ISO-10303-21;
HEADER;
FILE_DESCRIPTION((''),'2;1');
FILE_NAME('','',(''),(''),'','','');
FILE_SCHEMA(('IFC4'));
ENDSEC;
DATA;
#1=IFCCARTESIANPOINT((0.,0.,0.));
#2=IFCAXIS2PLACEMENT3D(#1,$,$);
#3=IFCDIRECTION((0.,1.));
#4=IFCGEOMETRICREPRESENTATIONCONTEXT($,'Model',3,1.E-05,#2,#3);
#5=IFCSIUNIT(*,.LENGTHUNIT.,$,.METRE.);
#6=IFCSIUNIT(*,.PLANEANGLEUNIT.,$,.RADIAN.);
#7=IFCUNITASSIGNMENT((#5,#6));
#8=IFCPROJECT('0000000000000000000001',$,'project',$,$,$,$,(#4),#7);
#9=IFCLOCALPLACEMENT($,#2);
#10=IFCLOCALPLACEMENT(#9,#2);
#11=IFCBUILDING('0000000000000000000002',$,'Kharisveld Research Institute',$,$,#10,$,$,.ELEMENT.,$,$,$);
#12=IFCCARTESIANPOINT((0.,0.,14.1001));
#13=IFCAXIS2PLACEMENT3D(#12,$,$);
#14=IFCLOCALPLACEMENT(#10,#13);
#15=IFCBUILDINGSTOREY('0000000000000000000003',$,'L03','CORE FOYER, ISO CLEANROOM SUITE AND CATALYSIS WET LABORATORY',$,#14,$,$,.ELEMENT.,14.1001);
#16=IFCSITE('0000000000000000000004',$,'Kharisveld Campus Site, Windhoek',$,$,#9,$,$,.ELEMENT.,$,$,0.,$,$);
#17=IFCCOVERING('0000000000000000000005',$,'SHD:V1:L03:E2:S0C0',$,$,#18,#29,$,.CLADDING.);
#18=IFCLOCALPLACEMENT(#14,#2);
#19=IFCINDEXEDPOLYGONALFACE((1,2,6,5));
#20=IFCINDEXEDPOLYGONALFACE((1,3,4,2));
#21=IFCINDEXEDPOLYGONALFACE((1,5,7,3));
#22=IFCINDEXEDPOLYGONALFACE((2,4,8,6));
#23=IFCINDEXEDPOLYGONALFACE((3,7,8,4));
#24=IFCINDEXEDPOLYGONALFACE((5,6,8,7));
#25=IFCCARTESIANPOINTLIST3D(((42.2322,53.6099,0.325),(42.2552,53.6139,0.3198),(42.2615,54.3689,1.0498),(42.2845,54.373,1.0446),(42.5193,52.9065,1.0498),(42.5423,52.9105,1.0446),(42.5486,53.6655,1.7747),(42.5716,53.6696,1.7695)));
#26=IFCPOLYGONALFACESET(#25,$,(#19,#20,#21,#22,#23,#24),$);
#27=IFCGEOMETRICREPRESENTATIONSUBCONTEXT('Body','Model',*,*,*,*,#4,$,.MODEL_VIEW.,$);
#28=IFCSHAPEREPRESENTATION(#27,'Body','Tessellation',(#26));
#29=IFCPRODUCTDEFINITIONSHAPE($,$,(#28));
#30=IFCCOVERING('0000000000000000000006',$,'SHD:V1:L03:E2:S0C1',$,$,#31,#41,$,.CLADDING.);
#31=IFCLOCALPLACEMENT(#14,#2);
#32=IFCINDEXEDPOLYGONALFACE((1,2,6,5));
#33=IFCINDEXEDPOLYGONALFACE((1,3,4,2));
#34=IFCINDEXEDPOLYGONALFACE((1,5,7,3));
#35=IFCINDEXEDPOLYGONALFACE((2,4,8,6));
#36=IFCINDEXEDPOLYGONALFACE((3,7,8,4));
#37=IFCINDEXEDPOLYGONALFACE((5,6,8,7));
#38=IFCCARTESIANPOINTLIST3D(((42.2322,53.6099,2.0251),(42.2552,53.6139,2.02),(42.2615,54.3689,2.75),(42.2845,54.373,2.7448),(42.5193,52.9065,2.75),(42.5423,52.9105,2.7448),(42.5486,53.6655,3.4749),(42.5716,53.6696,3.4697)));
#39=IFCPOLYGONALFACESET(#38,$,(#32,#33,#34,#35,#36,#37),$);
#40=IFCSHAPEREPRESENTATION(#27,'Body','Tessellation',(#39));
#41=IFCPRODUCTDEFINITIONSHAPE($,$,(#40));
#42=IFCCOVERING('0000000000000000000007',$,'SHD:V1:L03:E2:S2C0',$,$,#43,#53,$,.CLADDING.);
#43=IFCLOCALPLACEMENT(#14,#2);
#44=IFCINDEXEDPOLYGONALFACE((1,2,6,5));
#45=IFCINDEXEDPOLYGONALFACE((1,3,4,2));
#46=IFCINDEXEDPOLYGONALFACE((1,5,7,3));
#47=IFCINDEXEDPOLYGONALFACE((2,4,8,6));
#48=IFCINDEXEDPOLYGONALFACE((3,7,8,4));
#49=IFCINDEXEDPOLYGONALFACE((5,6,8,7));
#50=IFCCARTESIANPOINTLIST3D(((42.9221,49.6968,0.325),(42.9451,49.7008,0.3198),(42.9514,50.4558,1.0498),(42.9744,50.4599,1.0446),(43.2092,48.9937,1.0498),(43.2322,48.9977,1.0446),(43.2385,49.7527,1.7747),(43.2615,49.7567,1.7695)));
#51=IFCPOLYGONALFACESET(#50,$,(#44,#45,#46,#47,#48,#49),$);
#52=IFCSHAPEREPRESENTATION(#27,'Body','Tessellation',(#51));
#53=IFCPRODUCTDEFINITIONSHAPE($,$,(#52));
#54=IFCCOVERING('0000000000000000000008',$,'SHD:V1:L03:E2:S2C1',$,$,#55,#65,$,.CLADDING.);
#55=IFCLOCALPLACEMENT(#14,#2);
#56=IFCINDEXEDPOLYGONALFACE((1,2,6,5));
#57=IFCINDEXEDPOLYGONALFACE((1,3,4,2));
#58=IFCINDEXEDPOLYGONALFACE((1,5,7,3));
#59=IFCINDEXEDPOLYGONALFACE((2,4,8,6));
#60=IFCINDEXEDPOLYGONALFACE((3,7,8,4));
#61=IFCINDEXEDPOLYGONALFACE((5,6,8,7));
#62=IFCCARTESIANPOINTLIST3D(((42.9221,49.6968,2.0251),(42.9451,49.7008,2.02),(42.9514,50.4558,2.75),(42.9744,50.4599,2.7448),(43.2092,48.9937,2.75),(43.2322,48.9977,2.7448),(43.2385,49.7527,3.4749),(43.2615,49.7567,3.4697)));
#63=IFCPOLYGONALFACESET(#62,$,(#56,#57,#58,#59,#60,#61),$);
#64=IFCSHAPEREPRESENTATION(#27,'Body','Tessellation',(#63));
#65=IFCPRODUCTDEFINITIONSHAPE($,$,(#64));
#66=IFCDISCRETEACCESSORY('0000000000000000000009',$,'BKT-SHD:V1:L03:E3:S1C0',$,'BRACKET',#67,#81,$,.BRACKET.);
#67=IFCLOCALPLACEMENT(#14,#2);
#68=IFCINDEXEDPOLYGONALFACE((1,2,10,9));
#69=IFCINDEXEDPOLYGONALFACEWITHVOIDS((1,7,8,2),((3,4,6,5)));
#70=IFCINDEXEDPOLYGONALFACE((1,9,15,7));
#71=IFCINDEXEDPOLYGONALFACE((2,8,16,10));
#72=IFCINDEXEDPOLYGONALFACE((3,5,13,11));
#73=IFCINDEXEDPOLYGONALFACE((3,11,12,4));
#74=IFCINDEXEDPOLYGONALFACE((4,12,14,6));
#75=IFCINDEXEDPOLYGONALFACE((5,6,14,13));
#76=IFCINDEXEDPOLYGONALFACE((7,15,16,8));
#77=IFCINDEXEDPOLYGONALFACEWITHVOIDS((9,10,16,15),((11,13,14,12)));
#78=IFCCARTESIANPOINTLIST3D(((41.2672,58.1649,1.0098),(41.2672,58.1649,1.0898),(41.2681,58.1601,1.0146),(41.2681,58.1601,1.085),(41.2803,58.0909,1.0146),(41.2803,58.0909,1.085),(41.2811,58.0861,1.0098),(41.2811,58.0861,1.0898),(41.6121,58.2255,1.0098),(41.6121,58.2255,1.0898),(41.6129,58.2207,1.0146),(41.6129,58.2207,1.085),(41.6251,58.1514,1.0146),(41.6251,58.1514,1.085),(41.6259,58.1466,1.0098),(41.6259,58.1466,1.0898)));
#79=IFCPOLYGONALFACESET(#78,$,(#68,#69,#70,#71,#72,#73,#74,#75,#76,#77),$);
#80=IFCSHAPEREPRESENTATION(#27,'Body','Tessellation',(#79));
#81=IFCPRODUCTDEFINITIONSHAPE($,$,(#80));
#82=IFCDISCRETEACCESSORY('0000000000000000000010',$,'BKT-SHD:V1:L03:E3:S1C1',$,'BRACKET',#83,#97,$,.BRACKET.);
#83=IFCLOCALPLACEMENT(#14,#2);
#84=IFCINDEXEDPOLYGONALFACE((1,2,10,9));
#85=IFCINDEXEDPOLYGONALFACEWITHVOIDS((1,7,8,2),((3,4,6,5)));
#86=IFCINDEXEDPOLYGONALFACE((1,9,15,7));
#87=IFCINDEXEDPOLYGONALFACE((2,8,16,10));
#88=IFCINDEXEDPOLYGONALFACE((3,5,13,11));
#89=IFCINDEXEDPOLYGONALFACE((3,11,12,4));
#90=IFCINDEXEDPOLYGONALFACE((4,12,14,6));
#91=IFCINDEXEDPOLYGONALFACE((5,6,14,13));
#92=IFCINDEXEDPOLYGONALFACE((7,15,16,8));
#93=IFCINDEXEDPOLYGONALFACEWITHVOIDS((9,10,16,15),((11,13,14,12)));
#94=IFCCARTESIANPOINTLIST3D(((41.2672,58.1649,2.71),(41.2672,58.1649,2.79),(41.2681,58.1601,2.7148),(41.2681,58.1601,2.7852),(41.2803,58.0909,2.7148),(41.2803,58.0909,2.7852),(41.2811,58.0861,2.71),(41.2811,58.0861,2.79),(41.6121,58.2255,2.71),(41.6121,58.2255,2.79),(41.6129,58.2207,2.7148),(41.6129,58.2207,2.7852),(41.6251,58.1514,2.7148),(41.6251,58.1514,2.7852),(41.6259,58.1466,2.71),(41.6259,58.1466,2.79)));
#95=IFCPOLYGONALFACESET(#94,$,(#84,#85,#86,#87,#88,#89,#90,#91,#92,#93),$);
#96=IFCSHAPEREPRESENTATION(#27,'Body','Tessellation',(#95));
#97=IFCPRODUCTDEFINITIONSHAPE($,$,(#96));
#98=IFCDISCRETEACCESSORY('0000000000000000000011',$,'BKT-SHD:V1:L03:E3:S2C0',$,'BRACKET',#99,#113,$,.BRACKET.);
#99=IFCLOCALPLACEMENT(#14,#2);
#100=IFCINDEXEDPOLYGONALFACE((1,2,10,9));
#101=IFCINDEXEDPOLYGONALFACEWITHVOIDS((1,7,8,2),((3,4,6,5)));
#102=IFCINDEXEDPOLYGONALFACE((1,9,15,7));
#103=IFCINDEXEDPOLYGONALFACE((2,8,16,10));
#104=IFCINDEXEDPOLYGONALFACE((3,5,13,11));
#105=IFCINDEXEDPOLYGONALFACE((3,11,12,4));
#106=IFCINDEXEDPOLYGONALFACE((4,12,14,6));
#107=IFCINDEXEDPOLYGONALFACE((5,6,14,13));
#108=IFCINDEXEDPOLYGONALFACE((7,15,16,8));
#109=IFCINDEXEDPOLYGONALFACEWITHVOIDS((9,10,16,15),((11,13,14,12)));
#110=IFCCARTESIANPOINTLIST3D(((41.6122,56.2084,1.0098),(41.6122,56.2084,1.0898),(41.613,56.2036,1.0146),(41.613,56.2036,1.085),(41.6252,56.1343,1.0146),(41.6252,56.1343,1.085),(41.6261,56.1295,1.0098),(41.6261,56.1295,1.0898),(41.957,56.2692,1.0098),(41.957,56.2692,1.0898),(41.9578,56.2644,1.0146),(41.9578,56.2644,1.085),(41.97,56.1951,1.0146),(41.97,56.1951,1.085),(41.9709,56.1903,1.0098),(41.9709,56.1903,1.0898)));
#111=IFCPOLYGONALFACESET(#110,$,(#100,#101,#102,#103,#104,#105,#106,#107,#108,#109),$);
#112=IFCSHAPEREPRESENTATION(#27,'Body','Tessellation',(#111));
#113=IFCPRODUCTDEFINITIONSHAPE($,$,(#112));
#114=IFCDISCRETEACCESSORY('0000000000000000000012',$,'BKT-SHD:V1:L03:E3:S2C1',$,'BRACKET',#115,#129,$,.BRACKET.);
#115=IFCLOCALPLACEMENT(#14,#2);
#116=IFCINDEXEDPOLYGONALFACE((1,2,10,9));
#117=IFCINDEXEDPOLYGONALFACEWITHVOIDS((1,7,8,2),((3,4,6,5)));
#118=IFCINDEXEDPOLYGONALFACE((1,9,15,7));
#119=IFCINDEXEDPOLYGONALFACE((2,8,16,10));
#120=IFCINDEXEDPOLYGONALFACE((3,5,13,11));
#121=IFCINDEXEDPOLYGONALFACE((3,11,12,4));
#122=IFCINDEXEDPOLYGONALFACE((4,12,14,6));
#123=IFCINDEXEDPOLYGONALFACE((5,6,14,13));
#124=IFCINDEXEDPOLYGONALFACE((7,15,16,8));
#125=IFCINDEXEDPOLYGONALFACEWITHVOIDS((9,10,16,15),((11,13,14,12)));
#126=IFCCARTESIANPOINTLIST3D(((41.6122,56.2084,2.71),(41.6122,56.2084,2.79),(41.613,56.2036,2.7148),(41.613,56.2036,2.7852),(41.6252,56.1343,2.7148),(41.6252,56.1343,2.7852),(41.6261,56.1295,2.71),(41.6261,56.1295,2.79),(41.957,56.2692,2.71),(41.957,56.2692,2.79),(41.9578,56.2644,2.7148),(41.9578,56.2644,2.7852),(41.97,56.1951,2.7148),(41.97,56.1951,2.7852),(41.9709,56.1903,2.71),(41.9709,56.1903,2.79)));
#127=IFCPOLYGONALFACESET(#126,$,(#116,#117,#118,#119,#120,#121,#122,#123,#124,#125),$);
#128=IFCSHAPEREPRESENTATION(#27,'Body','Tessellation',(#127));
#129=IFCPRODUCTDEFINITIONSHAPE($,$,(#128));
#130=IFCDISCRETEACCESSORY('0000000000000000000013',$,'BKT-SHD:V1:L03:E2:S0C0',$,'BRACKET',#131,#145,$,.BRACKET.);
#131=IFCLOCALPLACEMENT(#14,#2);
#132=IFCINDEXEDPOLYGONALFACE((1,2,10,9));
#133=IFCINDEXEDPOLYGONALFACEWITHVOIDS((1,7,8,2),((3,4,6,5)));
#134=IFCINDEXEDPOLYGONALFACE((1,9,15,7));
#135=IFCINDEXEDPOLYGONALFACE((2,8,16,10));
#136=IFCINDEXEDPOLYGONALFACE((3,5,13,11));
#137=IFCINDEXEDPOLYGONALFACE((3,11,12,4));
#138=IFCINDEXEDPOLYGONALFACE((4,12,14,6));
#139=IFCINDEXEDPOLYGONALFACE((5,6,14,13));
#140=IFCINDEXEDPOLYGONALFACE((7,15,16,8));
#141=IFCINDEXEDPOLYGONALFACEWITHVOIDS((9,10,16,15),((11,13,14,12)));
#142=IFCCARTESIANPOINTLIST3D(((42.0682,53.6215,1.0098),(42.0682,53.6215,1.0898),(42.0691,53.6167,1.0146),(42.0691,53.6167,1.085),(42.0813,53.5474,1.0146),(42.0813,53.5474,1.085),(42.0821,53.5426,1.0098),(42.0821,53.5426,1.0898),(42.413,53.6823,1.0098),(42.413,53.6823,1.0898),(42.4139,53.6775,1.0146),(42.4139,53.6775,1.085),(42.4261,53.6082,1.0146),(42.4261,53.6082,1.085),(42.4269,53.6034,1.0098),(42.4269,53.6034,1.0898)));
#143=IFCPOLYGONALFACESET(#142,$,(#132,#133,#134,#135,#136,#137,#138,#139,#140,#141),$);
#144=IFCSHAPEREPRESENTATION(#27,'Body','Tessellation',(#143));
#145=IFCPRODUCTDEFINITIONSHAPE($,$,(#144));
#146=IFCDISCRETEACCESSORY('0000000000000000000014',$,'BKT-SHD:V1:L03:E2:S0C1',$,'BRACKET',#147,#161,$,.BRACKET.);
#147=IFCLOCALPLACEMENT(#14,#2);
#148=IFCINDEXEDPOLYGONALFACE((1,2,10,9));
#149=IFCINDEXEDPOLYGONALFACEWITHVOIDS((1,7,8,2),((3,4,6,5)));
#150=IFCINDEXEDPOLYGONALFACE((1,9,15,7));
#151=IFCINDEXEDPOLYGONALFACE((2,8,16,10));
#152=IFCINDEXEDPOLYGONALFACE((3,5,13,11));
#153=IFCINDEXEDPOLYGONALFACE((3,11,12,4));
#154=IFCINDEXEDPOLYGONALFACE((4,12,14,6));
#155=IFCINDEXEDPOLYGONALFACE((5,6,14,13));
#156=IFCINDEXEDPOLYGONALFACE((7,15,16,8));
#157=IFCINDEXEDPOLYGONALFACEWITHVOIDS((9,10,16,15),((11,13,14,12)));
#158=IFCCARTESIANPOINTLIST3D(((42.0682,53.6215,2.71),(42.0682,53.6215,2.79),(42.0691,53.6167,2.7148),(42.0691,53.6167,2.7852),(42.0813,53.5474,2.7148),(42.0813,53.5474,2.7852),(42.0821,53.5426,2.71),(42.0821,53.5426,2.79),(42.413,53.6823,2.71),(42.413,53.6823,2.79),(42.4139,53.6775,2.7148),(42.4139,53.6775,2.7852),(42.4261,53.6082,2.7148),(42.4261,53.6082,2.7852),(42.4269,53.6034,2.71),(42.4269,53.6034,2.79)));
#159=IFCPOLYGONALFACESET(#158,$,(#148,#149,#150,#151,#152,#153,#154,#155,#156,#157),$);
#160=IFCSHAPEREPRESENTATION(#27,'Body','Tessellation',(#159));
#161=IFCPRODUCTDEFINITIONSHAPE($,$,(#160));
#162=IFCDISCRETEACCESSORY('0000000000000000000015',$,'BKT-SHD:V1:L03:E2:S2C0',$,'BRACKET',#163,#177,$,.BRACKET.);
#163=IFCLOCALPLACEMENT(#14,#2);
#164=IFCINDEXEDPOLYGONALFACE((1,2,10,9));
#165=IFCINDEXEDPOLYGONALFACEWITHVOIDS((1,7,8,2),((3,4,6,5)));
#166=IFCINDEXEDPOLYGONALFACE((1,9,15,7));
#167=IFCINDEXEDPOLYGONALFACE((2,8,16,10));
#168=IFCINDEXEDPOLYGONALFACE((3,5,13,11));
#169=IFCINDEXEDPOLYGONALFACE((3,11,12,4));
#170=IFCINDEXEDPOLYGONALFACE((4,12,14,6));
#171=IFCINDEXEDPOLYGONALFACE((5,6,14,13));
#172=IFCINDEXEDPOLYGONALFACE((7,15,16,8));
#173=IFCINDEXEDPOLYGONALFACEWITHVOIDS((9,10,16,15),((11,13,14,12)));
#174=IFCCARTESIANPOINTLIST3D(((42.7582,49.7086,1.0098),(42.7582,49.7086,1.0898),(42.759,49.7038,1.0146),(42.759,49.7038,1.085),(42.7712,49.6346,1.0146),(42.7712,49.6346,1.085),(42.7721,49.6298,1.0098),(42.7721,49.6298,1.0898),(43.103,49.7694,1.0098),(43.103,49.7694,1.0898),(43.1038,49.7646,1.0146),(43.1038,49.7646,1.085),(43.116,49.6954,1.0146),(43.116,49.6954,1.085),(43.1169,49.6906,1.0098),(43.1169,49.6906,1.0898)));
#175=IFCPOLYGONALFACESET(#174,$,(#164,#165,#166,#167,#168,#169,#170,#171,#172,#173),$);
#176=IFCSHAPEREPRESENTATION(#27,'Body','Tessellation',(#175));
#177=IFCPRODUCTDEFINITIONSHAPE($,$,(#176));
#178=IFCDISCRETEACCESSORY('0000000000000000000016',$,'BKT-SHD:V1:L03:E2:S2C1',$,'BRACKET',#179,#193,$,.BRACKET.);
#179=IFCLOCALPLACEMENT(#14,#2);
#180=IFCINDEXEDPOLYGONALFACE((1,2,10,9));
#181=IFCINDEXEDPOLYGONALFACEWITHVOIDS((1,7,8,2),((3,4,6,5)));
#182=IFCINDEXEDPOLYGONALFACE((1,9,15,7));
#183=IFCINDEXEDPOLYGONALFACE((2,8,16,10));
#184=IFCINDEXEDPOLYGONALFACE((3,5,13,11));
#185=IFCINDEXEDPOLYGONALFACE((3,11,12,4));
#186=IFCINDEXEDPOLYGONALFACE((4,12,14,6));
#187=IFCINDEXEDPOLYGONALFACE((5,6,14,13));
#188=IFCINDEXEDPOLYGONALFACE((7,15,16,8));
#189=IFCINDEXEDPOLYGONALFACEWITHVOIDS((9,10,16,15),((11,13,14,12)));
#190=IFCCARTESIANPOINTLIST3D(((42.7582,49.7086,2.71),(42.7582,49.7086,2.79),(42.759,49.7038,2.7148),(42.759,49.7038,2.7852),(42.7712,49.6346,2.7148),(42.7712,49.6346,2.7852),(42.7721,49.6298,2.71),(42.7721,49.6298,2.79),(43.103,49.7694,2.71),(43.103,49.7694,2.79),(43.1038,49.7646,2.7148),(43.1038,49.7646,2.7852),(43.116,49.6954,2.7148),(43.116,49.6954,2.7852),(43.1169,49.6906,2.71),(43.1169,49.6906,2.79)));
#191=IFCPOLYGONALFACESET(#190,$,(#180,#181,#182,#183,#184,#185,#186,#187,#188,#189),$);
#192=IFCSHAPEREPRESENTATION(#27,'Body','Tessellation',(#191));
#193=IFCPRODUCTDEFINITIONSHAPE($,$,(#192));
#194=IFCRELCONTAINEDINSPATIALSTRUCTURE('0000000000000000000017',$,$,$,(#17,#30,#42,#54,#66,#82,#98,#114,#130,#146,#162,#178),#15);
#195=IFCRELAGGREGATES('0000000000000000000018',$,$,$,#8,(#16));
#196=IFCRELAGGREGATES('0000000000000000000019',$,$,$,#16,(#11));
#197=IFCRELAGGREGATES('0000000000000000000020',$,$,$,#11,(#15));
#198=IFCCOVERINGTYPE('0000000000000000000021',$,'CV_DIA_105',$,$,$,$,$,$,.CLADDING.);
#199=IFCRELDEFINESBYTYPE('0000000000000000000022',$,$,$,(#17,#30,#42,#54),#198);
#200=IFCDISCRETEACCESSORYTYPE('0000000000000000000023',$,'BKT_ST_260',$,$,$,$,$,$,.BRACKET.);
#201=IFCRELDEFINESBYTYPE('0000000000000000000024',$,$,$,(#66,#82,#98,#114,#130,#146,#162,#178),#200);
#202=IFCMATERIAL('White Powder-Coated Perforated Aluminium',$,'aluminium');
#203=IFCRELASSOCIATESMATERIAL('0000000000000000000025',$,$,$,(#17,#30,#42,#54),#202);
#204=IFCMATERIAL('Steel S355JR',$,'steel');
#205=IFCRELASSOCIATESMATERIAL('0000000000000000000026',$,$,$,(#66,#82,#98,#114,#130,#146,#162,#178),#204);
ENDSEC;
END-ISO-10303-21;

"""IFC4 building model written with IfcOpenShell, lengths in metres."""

from ifc_helpers import new_model, si_unit, direction, frame, origin, origin_2d, place, context, subcontext, project, spatial, polyline, hollow_rectangle, outline, extrude, material, type_object, element, save


model = new_model("IFC4")

# Units and contexts
model_context = context("Model", 3, precision=1e-05, world=origin(), true_north=direction((0.0, 1.0)))
body_context = subcontext(model_context, "Body", "Model", "MODEL_VIEW")
ifc_project = project(units=[si_unit("LENGTHUNIT", "METRE"), si_unit("PLANEANGLEUNIT", "RADIAN")], contexts=[model_context])

# Site, building, storey
site_placement = place(None, origin())
site = spatial("IfcSite", under=ifc_project, at=site_placement, Name="Kharisveld Campus Site, Windhoek", CompositionType="ELEMENT", RefElevation=0.0)
building_placement = place(site_placement, origin())
building = spatial("IfcBuilding", under=site, at=building_placement, Name="Kharisveld Research Institute", CompositionType="ELEMENT")
storey_placement = place(building_placement, frame((0.0, 0.0, 14.1001)))
storey = spatial("IfcBuildingStorey", under=building, at=storey_placement, Name="L03", Description="CORE FOYER, ISO CLEANROOM SUITE AND CATALYSIS WET LABORATORY", CompositionType="ELEMENT", Elevation=14.1001)

# Coverings
ifc_material_1 = material(Name="White Powder-Coated Perforated Aluminium", Category="aluminium")
covering_type = type_object("IfcCoveringType", Name="CV_DIA_105", PredefinedType="CLADDING")
for number, where, z_axis, x_axis, name in (
    (1, (42.2322, 53.6099, 0.325), (-0.961487, -0.169504, 0.216358), (0.273429, -0.669853, 0.690314), "SHD:V1:L03:E2:S0C0"),
    (2, (42.2322, 53.6099, 2.0251), (-0.961487, -0.169504, 0.216358), (0.273429, -0.669853, 0.690314), "SHD:V1:L03:E2:S0C1"),
):
    element("IfcCovering", number, at=place(storey_placement, frame(where, z_axis=z_axis, x_axis=x_axis)), inside=storey, type_object=covering_type, material=ifc_material_1, Name=name, PredefinedType="CLADDING", context=body_context, shape_type="SweptSolid", body=[
        extrude(outline(polyline([(0.0, 0.0), (1.05, 0.0), (1.05, 1.05), (-0.0001, 1.05), (0.0, 0.0)])), origin(), (0.0, 0.0, -1.0), 0.0239),
    ])
for number, where, z_axis, x_axis, name in (
    (3, (42.9221, 49.6968, 0.325), (-0.961476, -0.169531, 0.216385), (0.273471, -0.669725, 0.690421), "SHD:V1:L03:E2:S2C0"),
    (4, (42.9221, 49.6968, 2.0251), (-0.961476, -0.169531, 0.216385), (0.273471, -0.669725, 0.690421), "SHD:V1:L03:E2:S2C1"),
):
    element("IfcCovering", number, at=place(storey_placement, frame(where, z_axis=z_axis, x_axis=x_axis)), inside=storey, type_object=covering_type, material=ifc_material_1, Name=name, PredefinedType="CLADDING", context=body_context, shape_type="SweptSolid", body=[
        extrude(outline(polyline([(0.0, 0.0), (1.0499, 0.0), (1.05, 1.05), (0.0001, 1.05), (0.0, 0.0)])), origin(), (0.0, 0.0, -1.0), 0.0239),
    ])

# Discrete accessories
ifc_material_2 = material(Name="Steel S355JR", Category="steel")
discrete_accessory_type = type_object("IfcDiscreteAccessoryType", Name="BKT_ST_260", PredefinedType="BRACKET")
for number, where, z_axis, x_axis, name in (
    (5, (41.2742, 58.1255, 1.0498), (0.984924, 0.172989, 0.0), (-0.172989, 0.984924, 0.0), "BKT-SHD:V1:L03:E3:S1C0"),
    (6, (41.2742, 58.1255, 2.75), (0.984924, 0.172989, 0.0), (-0.172989, 0.984924, 0.0), "BKT-SHD:V1:L03:E3:S1C1"),
    (7, (41.6191, 56.1689, 1.0498), (0.984805, 0.173666, 0.0), (-0.173666, 0.984805, 0.0), "BKT-SHD:V1:L03:E3:S2C0"),
    (8, (41.6191, 56.1689, 2.75), (0.984805, 0.173666, 0.0), (-0.173666, 0.984805, 0.0), "BKT-SHD:V1:L03:E3:S2C1"),
    (9, (42.0752, 53.582, 1.0498), (0.984805, 0.173666, 0.0), (-0.173666, 0.984805, 0.0), "BKT-SHD:V1:L03:E2:S0C0"),
    (10, (42.0752, 53.582, 2.75), (0.984805, 0.173666, 0.0), (-0.173666, 0.984805, 0.0), "BKT-SHD:V1:L03:E2:S0C1"),
    (11, (42.7651, 49.6692, 1.0498), (0.984805, 0.173666, 0.0), (-0.173666, 0.984805, 0.0), "BKT-SHD:V1:L03:E2:S2C0"),
    (12, (42.7651, 49.6692, 2.75), (0.984805, 0.173666, 0.0), (-0.173666, 0.984805, 0.0), "BKT-SHD:V1:L03:E2:S2C1"),
):
    element("IfcDiscreteAccessory", number, at=place(storey_placement, frame(where, z_axis=z_axis, x_axis=x_axis)), inside=storey, type_object=discrete_accessory_type, material=ifc_material_2, Name=name, ObjectType="BRACKET", PredefinedType="BRACKET", context=body_context, shape_type="SweptSolid", body=[
        extrude(hollow_rectangle(XDim=0.0801, YDim=0.0801, WallThickness=0.0049, at=origin_2d()), origin(), (0.0, 0.0, 1.0), 0.3501),
    ])

save(model, "model.ifc")
